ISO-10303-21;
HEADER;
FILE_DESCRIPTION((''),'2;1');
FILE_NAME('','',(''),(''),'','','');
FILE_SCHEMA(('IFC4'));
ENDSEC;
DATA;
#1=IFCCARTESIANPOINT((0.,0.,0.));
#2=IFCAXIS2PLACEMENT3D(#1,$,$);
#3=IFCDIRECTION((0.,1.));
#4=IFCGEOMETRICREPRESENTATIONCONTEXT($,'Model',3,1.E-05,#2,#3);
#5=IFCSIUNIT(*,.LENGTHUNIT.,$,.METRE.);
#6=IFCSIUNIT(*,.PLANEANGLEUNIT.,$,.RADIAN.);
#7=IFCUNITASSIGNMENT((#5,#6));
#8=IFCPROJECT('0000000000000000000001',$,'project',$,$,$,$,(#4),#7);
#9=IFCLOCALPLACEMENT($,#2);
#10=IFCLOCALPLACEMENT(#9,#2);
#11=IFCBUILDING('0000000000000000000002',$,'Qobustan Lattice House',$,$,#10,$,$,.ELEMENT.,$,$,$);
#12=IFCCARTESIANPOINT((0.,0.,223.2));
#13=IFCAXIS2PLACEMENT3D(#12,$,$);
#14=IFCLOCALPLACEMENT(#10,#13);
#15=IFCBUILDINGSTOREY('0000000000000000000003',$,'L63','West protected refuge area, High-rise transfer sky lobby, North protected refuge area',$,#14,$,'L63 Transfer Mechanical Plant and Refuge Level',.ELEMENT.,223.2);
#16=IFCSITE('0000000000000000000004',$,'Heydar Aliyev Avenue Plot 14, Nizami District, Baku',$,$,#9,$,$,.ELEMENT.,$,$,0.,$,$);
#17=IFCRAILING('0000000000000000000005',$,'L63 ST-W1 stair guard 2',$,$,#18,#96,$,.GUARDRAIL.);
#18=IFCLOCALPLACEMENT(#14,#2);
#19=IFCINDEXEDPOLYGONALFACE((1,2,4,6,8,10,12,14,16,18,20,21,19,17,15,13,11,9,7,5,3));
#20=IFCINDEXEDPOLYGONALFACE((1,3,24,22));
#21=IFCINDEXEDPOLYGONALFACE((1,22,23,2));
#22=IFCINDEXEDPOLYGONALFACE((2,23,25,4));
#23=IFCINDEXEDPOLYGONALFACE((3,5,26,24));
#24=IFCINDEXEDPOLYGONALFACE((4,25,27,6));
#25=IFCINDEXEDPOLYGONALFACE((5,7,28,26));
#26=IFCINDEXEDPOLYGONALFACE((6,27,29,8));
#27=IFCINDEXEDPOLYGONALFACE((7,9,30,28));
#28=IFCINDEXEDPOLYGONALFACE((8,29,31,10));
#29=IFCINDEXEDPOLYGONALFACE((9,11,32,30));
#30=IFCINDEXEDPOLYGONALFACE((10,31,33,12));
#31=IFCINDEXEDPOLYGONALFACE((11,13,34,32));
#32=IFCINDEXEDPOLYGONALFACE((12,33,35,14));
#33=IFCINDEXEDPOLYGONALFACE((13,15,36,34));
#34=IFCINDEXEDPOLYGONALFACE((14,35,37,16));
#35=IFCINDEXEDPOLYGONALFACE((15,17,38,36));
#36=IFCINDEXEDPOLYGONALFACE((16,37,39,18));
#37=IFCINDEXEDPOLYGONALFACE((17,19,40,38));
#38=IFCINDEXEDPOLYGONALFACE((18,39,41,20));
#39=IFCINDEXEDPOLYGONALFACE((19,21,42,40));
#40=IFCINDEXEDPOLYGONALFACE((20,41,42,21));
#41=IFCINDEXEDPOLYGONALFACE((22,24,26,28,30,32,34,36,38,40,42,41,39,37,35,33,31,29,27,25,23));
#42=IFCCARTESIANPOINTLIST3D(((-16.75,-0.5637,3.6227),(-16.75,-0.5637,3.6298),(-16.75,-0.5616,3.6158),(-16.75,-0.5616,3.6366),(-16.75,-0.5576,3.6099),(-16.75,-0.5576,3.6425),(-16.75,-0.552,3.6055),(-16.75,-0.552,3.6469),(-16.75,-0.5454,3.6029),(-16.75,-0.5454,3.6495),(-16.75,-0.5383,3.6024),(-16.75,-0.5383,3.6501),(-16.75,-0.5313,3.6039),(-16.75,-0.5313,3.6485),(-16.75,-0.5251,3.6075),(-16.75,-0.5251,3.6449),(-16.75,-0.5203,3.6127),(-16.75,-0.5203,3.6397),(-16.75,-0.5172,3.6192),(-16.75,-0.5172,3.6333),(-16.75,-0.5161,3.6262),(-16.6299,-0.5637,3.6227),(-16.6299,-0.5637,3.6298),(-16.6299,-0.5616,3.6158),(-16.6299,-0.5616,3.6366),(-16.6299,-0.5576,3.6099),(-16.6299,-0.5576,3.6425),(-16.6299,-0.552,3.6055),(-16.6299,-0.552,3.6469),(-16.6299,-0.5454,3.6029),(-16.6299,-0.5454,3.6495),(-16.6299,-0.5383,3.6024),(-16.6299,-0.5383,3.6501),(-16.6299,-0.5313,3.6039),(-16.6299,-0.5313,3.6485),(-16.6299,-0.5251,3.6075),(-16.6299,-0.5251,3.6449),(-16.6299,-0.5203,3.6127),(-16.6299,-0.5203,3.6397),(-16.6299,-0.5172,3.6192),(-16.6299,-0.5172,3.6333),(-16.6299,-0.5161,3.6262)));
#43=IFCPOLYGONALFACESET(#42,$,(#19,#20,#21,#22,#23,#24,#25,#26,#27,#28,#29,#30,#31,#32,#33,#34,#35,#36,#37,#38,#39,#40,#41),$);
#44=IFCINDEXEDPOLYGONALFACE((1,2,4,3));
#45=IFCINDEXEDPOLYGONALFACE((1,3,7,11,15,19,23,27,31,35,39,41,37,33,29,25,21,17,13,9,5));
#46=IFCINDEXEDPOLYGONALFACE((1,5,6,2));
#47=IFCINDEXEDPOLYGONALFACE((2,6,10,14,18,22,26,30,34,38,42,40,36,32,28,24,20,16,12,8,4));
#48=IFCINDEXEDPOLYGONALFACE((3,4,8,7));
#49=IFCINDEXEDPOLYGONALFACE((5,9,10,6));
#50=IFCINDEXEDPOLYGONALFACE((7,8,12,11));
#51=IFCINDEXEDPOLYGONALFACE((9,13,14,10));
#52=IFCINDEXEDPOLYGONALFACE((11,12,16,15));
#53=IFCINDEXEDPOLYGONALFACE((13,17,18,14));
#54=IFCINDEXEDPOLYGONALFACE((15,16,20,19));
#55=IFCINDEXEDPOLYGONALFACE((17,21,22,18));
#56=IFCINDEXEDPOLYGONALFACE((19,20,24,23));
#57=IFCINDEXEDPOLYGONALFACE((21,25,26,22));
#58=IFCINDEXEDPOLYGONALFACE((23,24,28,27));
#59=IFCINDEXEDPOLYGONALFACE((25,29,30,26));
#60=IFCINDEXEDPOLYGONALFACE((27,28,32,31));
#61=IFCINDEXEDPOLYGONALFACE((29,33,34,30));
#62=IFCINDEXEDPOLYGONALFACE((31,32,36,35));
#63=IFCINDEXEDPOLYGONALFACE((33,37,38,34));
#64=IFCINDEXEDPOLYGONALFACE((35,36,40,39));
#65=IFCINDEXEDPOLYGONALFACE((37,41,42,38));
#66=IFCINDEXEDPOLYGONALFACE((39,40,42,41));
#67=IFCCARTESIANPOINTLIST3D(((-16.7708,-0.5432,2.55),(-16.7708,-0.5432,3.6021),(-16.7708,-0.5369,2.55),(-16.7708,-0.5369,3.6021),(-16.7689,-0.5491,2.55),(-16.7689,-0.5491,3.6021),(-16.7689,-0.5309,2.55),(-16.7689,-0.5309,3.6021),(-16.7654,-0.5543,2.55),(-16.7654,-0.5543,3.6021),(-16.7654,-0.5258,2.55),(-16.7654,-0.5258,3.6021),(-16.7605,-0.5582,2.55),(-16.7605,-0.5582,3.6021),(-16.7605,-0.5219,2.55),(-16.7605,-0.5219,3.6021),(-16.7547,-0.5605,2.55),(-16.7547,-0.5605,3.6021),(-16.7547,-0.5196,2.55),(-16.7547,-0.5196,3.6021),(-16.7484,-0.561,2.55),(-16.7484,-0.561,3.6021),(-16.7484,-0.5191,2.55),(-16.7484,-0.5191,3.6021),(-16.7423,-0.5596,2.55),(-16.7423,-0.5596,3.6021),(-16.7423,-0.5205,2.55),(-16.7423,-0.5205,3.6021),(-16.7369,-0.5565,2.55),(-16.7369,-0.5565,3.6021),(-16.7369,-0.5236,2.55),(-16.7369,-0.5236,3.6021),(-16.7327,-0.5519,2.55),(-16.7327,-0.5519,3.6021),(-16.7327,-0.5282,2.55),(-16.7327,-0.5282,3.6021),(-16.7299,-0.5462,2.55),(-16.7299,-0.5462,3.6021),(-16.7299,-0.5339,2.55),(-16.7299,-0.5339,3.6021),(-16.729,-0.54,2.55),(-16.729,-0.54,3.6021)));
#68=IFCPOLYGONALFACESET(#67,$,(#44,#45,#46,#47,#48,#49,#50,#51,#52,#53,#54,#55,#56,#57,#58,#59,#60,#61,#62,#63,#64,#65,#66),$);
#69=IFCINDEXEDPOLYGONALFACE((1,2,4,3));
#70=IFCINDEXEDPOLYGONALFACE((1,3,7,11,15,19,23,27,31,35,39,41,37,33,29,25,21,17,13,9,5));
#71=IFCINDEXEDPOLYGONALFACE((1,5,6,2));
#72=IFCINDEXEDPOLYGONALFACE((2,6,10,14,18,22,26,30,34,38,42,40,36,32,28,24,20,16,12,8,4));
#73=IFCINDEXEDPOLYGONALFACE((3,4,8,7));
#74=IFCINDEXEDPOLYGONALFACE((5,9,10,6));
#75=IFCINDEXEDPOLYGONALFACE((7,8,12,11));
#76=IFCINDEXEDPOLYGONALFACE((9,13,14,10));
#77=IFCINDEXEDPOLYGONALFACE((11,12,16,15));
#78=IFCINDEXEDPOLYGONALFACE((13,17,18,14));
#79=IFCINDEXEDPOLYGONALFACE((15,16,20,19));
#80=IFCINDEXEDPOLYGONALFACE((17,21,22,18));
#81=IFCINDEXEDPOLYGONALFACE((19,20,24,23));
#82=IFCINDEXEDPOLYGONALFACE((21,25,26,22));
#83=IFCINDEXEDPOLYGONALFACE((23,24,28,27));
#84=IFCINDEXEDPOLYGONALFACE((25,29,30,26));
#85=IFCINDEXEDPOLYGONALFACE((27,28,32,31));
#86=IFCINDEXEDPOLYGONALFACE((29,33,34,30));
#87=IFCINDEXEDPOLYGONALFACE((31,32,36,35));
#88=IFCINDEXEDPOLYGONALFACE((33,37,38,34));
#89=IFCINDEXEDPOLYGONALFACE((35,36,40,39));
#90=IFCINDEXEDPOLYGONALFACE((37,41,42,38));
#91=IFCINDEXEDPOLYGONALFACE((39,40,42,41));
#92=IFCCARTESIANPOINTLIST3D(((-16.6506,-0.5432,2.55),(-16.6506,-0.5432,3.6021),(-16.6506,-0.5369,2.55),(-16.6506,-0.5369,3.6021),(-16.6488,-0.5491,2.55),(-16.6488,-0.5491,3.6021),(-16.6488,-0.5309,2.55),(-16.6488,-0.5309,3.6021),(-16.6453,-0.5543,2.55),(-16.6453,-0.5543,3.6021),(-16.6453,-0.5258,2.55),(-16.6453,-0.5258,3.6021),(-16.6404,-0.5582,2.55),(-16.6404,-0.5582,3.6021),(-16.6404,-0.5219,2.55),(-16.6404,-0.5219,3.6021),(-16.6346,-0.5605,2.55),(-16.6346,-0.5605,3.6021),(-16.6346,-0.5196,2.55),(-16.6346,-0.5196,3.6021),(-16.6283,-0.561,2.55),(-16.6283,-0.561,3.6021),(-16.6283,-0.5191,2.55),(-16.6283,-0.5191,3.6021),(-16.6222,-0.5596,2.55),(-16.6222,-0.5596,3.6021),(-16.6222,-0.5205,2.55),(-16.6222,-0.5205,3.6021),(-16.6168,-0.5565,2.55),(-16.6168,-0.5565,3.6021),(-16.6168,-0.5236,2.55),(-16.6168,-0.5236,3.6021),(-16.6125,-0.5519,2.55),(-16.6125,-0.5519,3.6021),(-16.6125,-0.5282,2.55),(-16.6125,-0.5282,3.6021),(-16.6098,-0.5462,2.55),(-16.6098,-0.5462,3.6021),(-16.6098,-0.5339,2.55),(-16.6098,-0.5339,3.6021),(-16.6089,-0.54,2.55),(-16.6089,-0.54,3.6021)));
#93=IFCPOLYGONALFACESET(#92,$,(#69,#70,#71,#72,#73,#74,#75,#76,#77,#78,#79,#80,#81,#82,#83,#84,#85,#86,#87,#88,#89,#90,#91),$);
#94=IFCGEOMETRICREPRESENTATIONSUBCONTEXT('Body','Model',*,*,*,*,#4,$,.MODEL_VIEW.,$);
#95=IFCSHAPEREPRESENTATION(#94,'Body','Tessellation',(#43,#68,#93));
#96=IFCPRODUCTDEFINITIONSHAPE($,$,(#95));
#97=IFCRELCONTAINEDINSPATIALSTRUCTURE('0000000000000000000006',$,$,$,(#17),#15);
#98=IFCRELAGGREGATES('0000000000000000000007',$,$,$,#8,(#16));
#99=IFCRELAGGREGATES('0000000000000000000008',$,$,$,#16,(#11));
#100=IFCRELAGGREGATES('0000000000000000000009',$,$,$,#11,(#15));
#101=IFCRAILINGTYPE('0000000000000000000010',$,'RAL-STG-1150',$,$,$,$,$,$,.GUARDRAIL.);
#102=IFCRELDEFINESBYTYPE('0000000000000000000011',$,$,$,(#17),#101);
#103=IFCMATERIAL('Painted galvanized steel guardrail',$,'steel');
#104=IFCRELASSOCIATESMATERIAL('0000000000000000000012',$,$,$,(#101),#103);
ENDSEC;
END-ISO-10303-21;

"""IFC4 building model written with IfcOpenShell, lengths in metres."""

from ifc_helpers import new_model, si_unit, direction, frame, origin, origin_2d, place, context, subcontext, project, spatial, circle, extrude, material, type_object, element, save


model = new_model("IFC4")

# Units and contexts
model_context = context("Model", 3, precision=1e-05, world=origin(), true_north=direction((0.0, 1.0)))
body_context = subcontext(model_context, "Body", "Model", "MODEL_VIEW")
ifc_project = project(units=[si_unit("LENGTHUNIT", "METRE"), si_unit("PLANEANGLEUNIT", "RADIAN")], contexts=[model_context])

# Site, building, storey
site_placement = place(None, origin())
site = spatial("IfcSite", under=ifc_project, at=site_placement, Name="Heydar Aliyev Avenue Plot 14, Nizami District, Baku", CompositionType="ELEMENT", RefElevation=0.0)
building_placement = place(site_placement, origin())
building = spatial("IfcBuilding", under=site, at=building_placement, Name="Qobustan Lattice House", CompositionType="ELEMENT")
storey_placement = place(building_placement, frame((0.0, 0.0, 223.2)))
storey = spatial("IfcBuildingStorey", under=building, at=storey_placement, Name="L63", Description="West protected refuge area, High-rise transfer sky lobby, North protected refuge area", LongName="L63 Transfer Mechanical Plant and Refuge Level", CompositionType="ELEMENT", Elevation=223.2)

# Railing
ifc_material_1 = material(Name="Painted galvanized steel guardrail", Category="steel")
railing_type_1 = type_object("IfcRailingType", Name="RAL-STG-1150", PredefinedType="GUARDRAIL", material=ifc_material_1)
railing_1_placement = place(storey_placement, frame((-16.75, -0.54, 2.55)))
element("IfcRailing", 1, at=railing_1_placement, inside=storey, type_object=railing_type_1, Name="L63 ST-W1 stair guard 2", PredefinedType="GUARDRAIL", context=body_context, shape_type="SweptSolid", body=[
    extrude(circle(Radius=0.0239, at=origin_2d()), frame((0.0, 0.0, 1.0762), z_axis=(1.0, 0.0, 0.0), x_axis=(0.0, 1.0, 0.0)), (0.0, 0.0, 1.0), 0.1201),
    extrude(circle(Radius=0.021, at=origin_2d()), origin(), (0.0, 0.0, 1.0), 1.052),
    extrude(circle(Radius=0.021, at=origin_2d()), frame((0.1201, 0.0, 0.0)), (0.0, 0.0, 1.0), 1.052),
])

save(model, "model.ifc")
